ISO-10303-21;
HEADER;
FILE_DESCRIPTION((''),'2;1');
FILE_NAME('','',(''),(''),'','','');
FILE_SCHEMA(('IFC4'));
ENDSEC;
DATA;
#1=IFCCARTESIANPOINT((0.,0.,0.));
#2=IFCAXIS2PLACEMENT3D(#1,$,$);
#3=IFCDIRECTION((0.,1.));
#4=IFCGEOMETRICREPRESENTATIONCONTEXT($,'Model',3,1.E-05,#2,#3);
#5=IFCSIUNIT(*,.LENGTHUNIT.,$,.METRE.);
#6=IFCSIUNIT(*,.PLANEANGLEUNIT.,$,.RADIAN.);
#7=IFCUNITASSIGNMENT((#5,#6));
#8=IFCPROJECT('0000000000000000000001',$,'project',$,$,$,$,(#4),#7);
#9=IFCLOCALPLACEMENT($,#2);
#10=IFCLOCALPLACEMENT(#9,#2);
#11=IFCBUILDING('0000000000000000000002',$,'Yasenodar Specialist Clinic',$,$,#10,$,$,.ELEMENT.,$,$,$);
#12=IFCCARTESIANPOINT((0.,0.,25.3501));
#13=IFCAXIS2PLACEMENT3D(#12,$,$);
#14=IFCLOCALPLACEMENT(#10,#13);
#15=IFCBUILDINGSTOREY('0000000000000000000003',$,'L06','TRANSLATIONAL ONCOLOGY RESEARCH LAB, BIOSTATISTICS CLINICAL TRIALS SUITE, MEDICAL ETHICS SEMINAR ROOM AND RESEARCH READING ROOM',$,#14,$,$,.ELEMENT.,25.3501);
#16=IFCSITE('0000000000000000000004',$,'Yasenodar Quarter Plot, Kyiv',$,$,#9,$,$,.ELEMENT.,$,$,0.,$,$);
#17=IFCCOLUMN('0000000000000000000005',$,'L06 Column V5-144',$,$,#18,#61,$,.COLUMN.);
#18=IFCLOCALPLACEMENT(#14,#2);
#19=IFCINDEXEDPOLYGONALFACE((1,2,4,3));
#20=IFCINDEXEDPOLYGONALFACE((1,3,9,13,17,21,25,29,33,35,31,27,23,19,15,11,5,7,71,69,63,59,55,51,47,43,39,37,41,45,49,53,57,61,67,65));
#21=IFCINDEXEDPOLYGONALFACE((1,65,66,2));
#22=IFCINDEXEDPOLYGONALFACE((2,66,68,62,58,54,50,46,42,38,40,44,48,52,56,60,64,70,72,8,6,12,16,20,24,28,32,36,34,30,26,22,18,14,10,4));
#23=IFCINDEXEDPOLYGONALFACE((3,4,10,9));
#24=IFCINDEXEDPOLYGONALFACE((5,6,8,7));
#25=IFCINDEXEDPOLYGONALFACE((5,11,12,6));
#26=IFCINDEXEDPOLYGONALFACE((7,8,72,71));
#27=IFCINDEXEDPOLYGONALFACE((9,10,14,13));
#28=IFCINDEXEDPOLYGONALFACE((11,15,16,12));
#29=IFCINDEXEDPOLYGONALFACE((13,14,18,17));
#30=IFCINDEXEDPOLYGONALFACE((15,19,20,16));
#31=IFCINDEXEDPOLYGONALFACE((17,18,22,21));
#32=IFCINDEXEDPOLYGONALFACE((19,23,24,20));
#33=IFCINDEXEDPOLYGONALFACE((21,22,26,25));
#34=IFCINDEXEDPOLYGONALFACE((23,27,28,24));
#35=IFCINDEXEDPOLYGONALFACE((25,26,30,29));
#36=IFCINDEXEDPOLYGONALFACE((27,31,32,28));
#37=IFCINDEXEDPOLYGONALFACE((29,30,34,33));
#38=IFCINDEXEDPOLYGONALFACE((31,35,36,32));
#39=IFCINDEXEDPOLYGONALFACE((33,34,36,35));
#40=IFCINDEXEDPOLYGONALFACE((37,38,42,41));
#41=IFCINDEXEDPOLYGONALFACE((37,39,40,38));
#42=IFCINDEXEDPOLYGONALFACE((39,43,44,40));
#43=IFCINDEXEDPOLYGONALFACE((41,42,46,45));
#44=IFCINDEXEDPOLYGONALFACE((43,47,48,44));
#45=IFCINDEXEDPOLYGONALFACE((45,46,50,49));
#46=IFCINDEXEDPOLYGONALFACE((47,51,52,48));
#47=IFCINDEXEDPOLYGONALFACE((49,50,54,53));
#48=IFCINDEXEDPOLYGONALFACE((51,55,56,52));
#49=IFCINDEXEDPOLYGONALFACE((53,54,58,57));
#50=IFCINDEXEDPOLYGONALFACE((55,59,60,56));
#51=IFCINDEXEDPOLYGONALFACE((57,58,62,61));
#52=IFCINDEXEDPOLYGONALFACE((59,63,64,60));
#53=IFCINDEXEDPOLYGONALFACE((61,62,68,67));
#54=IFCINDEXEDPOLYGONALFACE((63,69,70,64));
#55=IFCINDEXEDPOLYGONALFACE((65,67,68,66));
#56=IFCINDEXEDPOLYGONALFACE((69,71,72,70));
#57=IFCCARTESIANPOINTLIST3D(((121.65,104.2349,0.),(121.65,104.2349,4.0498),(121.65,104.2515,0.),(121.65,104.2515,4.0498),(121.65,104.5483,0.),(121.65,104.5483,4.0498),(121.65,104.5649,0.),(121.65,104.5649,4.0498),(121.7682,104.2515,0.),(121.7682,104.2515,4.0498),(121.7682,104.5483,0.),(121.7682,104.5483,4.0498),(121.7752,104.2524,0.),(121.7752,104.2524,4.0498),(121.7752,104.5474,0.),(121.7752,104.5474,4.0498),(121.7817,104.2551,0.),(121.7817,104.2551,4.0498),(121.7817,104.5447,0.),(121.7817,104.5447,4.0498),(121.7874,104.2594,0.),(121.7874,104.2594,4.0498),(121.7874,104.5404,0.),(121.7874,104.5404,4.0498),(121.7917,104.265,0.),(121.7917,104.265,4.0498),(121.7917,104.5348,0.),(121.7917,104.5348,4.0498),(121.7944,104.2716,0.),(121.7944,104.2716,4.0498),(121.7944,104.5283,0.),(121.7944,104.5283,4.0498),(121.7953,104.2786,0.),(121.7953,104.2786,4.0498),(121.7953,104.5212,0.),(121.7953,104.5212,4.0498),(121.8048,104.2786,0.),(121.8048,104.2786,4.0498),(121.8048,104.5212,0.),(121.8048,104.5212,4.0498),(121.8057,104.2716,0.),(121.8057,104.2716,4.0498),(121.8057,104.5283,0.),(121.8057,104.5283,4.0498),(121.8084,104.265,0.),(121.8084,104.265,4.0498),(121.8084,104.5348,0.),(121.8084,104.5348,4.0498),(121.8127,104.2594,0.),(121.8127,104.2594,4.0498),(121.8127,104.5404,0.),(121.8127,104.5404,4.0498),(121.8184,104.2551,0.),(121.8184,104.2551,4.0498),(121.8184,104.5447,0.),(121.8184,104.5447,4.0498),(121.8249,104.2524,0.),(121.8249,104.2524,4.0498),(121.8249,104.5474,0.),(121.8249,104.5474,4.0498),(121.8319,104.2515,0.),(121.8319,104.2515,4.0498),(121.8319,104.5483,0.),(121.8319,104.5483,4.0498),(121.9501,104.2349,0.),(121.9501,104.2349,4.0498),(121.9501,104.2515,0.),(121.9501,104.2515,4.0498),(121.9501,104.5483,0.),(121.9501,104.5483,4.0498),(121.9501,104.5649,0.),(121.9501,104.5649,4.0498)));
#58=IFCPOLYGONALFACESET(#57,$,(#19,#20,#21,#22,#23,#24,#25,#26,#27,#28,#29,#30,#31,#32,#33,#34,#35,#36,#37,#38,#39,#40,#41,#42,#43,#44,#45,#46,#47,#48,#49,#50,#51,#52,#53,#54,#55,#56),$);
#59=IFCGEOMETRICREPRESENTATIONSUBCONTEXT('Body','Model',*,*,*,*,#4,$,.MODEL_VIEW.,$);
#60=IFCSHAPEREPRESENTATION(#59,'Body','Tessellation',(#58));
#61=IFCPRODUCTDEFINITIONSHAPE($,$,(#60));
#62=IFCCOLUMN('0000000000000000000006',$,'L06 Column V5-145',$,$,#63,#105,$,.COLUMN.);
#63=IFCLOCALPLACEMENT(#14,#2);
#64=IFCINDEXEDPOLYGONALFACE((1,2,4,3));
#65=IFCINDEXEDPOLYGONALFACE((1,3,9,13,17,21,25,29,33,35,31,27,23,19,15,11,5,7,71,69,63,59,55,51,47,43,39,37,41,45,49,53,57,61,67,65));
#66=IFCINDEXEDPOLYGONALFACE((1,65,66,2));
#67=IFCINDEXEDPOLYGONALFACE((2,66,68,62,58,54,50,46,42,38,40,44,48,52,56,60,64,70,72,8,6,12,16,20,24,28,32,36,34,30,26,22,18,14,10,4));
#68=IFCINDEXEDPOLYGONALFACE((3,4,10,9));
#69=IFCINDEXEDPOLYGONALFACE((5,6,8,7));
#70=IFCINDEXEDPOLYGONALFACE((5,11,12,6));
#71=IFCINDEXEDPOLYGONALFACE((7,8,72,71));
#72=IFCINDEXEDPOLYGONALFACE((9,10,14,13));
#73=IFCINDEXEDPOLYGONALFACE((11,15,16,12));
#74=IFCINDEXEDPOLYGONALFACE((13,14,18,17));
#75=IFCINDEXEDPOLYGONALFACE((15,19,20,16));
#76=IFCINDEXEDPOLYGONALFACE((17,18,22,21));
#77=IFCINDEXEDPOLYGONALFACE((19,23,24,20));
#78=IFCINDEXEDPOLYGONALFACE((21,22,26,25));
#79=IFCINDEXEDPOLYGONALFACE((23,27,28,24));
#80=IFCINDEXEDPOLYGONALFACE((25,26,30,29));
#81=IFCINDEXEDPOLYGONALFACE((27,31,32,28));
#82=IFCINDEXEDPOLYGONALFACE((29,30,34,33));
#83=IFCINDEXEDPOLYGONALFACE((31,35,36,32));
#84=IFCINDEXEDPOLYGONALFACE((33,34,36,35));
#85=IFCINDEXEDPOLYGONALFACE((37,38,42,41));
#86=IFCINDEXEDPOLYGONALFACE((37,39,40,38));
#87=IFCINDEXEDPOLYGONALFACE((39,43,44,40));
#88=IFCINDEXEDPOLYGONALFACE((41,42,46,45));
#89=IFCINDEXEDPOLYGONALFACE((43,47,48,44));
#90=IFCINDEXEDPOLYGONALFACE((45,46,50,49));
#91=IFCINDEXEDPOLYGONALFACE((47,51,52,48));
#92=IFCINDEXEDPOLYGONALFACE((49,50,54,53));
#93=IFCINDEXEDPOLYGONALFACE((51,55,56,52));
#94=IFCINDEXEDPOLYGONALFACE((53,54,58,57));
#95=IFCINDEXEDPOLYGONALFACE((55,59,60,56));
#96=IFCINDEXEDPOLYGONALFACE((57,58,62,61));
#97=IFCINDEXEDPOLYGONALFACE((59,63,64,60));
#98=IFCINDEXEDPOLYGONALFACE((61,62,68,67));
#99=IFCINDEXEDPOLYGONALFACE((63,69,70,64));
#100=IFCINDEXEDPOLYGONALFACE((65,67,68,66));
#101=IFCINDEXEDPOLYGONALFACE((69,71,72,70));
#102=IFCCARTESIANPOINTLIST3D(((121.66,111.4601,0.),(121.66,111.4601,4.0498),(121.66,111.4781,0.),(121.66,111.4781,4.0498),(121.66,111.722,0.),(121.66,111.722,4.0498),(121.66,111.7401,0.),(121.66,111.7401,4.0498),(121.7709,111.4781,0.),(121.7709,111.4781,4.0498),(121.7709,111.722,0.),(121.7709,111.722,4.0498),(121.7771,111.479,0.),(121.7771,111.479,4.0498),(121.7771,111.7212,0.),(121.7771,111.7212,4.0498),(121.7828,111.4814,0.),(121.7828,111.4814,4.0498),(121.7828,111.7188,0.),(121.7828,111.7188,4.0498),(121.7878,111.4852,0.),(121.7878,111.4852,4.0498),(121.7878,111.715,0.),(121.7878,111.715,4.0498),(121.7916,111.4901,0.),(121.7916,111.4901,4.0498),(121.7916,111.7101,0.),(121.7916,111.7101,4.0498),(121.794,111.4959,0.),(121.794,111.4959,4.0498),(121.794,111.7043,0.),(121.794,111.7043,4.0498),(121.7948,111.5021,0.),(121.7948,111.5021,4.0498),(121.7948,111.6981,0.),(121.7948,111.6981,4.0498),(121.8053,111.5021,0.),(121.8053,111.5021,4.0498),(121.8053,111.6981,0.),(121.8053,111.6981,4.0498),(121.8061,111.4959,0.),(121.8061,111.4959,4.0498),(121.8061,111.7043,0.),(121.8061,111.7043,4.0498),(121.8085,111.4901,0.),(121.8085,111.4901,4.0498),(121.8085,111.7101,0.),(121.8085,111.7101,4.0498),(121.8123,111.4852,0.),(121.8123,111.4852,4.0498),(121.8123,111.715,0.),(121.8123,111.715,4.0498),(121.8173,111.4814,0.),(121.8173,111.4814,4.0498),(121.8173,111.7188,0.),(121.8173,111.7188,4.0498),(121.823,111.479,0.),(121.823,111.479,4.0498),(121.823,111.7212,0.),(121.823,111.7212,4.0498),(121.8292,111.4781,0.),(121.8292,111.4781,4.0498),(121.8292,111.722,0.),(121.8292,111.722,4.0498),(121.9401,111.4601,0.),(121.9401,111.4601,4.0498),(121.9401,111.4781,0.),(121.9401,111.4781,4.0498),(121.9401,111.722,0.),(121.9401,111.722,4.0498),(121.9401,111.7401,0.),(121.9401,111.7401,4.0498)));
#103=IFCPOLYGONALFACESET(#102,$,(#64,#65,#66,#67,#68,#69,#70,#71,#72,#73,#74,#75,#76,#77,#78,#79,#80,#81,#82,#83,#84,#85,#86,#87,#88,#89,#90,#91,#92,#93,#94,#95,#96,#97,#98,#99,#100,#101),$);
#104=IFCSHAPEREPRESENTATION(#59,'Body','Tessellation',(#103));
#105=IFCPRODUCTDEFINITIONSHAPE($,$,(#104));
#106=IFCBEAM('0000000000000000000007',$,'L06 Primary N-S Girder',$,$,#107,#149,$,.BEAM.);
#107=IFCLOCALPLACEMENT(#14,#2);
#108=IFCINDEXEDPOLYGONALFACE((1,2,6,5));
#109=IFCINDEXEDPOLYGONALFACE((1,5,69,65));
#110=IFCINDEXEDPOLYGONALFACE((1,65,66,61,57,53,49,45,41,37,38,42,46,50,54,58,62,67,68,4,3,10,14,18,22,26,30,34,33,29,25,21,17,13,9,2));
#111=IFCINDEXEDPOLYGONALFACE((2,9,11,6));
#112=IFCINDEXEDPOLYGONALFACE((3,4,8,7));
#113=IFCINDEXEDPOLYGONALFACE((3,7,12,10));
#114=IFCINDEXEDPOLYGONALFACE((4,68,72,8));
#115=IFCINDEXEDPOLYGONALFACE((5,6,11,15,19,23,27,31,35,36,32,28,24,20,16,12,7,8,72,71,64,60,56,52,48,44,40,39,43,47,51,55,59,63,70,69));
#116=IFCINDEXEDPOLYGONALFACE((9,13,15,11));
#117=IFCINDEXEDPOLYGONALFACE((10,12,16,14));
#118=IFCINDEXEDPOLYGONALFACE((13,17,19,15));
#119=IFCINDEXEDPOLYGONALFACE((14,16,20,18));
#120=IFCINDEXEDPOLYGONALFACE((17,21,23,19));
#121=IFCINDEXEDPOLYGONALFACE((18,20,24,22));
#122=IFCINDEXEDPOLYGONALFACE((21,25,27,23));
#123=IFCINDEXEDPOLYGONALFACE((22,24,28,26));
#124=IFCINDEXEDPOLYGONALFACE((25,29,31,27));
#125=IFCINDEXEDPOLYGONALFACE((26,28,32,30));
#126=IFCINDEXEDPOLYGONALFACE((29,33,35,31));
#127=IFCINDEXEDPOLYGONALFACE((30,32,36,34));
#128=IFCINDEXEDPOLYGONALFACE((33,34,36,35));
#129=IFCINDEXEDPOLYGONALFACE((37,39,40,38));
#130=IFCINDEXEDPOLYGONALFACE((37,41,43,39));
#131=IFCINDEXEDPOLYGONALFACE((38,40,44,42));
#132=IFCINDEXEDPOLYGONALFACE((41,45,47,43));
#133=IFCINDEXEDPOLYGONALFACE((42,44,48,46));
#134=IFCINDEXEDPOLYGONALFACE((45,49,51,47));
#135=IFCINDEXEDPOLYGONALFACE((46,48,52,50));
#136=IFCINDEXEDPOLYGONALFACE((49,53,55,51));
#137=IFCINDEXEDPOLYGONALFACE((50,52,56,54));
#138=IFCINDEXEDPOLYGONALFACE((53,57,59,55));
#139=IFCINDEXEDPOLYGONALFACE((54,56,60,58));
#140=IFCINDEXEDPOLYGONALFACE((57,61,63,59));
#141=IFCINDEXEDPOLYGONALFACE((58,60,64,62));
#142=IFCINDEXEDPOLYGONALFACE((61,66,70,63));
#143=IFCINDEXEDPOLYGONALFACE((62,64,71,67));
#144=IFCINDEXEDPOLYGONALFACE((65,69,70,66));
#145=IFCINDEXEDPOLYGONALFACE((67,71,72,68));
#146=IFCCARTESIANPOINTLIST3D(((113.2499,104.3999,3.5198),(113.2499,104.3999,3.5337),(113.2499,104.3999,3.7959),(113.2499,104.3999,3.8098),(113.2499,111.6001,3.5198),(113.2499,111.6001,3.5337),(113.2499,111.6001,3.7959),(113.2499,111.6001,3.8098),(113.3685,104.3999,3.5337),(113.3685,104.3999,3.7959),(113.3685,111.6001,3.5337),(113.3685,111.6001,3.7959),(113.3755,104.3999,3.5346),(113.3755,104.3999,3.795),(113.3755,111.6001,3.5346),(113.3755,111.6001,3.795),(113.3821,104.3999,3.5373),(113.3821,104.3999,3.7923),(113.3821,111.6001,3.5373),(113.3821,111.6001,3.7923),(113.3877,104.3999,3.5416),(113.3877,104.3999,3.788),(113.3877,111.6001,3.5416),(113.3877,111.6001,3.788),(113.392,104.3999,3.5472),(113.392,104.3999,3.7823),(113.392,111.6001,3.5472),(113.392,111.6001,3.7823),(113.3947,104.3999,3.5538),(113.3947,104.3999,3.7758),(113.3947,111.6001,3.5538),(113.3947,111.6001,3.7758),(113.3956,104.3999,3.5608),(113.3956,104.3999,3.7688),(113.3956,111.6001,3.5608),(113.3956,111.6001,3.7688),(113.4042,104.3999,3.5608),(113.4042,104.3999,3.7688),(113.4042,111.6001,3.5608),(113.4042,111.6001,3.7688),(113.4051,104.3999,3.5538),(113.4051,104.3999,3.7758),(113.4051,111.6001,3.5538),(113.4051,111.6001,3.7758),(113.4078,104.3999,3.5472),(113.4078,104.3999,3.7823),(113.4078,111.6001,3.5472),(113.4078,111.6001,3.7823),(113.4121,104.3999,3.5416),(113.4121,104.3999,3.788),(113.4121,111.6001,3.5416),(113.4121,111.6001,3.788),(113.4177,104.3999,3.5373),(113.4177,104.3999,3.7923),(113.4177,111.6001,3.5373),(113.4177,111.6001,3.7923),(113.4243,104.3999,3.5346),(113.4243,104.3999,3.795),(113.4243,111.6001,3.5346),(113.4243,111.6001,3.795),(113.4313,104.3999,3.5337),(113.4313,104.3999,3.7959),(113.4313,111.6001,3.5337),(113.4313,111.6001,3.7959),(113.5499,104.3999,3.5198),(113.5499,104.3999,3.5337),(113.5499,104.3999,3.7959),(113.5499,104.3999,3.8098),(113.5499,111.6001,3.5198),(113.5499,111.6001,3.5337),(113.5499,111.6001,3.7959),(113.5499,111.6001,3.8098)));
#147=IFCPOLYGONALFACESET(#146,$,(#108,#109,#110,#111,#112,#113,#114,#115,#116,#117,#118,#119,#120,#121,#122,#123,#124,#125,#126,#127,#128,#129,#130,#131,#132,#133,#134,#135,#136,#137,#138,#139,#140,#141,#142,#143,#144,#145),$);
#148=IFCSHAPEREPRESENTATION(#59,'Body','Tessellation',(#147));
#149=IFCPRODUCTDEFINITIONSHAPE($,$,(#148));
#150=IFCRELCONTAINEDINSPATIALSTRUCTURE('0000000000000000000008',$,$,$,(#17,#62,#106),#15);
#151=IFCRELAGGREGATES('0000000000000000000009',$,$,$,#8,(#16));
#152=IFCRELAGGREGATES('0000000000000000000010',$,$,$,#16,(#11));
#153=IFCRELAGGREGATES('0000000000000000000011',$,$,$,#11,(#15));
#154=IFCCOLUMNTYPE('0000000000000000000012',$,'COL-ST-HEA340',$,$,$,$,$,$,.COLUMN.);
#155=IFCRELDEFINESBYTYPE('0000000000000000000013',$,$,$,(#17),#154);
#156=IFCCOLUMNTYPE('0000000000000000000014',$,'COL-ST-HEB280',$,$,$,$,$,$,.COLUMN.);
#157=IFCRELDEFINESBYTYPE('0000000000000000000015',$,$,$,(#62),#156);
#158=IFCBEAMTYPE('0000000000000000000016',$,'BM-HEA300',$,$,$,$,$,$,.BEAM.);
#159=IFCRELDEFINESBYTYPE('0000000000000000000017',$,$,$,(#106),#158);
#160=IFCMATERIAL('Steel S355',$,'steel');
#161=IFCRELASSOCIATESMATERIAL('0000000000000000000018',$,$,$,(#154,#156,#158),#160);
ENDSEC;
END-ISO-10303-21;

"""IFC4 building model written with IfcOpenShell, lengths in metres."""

from ifc_helpers import new_model, si_unit, direction, frame, origin, origin_2d, place, context, subcontext, project, spatial, i_section, extrude, material, material_profile, profile_set, type_object, element, save


model = new_model("IFC4")

# Units and contexts
model_context = context("Model", 3, precision=1e-05, world=origin(), true_north=direction((0.0, 1.0)))
body_context = subcontext(model_context, "Body", "Model", "MODEL_VIEW")
ifc_project = project(units=[si_unit("LENGTHUNIT", "METRE"), si_unit("PLANEANGLEUNIT", "RADIAN")], contexts=[model_context])

# Site, building, storey
site_placement = place(None, origin())
site = spatial("IfcSite", under=ifc_project, at=site_placement, Name="Yasenodar Quarter Plot, Kyiv", CompositionType="ELEMENT", RefElevation=0.0)
building_placement = place(site_placement, origin())
building = spatial("IfcBuilding", under=site, at=building_placement, Name="Yasenodar Specialist Clinic", CompositionType="ELEMENT")
storey_placement = place(building_placement, frame((0.0, 0.0, 25.3501)))
storey = spatial("IfcBuildingStorey", under=building, at=storey_placement, Name="L06", Description="TRANSLATIONAL ONCOLOGY RESEARCH LAB, BIOSTATISTICS CLINICAL TRIALS SUITE, MEDICAL ETHICS SEMINAR ROOM AND RESEARCH READING ROOM", CompositionType="ELEMENT", Elevation=25.3501)

# Columns
ifc_material_1 = material(Name="Steel S355", Category="steel")
ifc_material_profile_1 = material_profile(ifc_material_1, i_section(OverallWidth=0.3, OverallDepth=0.3301, WebThickness=0.0095, FlangeThickness=0.0166, FilletRadius=0.0271, at=origin_2d()), Name="HEA 340")
ifc_profile_set_1 = profile_set([ifc_material_profile_1], Name="Steel S355")
column_type_1 = type_object("IfcColumnType", Name="COL-ST-HEA340", PredefinedType="COLUMN", material=ifc_profile_set_1)
column_1_placement = place(storey_placement, frame((121.8, 104.3999, 0.0), z_axis=(0.0, 0.0, 1.0), x_axis=(1.0, 0.0, 0.0)))
element("IfcColumn", 1, at=column_1_placement, inside=storey, type_object=column_type_1, Name="L06 Column V5-144", PredefinedType="COLUMN", context=body_context, shape_type="SweptSolid", body=[
    extrude(i_section(OverallWidth=0.3, OverallDepth=0.3301, WebThickness=0.0095, FlangeThickness=0.0166, FilletRadius=0.0271, at=origin_2d()), origin(), (0.0, 0.0, 1.0), 4.0498),
])
ifc_material_profile_2 = material_profile(ifc_material_1, i_section(OverallWidth=0.28, OverallDepth=0.28, WebThickness=0.0105, FlangeThickness=0.0181, FilletRadius=0.0239, at=origin_2d()), Name="HEB 280")
ifc_profile_set_2 = profile_set([ifc_material_profile_2], Name="Steel S355")
column_type_2 = type_object("IfcColumnType", Name="COL-ST-HEB280", PredefinedType="COLUMN", material=ifc_profile_set_2)
column_2_placement = place(storey_placement, frame((121.8, 111.6001, 0.0), z_axis=(0.0, 0.0, 1.0), x_axis=(1.0, 0.0, 0.0)))
element("IfcColumn", 2, at=column_2_placement, inside=storey, type_object=column_type_2, Name="L06 Column V5-145", PredefinedType="COLUMN", context=body_context, shape_type="SweptSolid", body=[
    extrude(i_section(OverallWidth=0.28, OverallDepth=0.28, WebThickness=0.0105, FlangeThickness=0.0181, FilletRadius=0.0239, at=origin_2d()), origin(), (0.0, 0.0, 1.0), 4.0498),
])

# Beam
ifc_material_profile_3 = material_profile(ifc_material_1, i_section(OverallWidth=0.3, OverallDepth=0.29, WebThickness=0.0085, FlangeThickness=0.0139, FilletRadius=0.0271, at=origin_2d()), Name="HEA 300")
ifc_profile_set_3 = profile_set([ifc_material_profile_3], Name="Steel S355")
beam_type_1 = type_object("IfcBeamType", Name="BM-HEA300", PredefinedType="BEAM", material=ifc_profile_set_3)
beam_1_placement = place(storey_placement, frame((113.3999, 104.3999, 3.6648), z_axis=(0.0, 1.0, 0.0), x_axis=(-1.0, 0.0, 0.0)))
element("IfcBeam", 3, at=beam_1_placement, inside=storey, type_object=beam_type_1, Name="L06 Primary N-S Girder", PredefinedType="BEAM", context=body_context, shape_type="SweptSolid", body=[
    extrude(i_section(OverallWidth=0.3, OverallDepth=0.29, WebThickness=0.0085, FlangeThickness=0.0139, FilletRadius=0.0271, at=origin_2d()), origin(), (0.0, 0.0, 1.0), 7.2002),
])

save(model, "model.ifc")
